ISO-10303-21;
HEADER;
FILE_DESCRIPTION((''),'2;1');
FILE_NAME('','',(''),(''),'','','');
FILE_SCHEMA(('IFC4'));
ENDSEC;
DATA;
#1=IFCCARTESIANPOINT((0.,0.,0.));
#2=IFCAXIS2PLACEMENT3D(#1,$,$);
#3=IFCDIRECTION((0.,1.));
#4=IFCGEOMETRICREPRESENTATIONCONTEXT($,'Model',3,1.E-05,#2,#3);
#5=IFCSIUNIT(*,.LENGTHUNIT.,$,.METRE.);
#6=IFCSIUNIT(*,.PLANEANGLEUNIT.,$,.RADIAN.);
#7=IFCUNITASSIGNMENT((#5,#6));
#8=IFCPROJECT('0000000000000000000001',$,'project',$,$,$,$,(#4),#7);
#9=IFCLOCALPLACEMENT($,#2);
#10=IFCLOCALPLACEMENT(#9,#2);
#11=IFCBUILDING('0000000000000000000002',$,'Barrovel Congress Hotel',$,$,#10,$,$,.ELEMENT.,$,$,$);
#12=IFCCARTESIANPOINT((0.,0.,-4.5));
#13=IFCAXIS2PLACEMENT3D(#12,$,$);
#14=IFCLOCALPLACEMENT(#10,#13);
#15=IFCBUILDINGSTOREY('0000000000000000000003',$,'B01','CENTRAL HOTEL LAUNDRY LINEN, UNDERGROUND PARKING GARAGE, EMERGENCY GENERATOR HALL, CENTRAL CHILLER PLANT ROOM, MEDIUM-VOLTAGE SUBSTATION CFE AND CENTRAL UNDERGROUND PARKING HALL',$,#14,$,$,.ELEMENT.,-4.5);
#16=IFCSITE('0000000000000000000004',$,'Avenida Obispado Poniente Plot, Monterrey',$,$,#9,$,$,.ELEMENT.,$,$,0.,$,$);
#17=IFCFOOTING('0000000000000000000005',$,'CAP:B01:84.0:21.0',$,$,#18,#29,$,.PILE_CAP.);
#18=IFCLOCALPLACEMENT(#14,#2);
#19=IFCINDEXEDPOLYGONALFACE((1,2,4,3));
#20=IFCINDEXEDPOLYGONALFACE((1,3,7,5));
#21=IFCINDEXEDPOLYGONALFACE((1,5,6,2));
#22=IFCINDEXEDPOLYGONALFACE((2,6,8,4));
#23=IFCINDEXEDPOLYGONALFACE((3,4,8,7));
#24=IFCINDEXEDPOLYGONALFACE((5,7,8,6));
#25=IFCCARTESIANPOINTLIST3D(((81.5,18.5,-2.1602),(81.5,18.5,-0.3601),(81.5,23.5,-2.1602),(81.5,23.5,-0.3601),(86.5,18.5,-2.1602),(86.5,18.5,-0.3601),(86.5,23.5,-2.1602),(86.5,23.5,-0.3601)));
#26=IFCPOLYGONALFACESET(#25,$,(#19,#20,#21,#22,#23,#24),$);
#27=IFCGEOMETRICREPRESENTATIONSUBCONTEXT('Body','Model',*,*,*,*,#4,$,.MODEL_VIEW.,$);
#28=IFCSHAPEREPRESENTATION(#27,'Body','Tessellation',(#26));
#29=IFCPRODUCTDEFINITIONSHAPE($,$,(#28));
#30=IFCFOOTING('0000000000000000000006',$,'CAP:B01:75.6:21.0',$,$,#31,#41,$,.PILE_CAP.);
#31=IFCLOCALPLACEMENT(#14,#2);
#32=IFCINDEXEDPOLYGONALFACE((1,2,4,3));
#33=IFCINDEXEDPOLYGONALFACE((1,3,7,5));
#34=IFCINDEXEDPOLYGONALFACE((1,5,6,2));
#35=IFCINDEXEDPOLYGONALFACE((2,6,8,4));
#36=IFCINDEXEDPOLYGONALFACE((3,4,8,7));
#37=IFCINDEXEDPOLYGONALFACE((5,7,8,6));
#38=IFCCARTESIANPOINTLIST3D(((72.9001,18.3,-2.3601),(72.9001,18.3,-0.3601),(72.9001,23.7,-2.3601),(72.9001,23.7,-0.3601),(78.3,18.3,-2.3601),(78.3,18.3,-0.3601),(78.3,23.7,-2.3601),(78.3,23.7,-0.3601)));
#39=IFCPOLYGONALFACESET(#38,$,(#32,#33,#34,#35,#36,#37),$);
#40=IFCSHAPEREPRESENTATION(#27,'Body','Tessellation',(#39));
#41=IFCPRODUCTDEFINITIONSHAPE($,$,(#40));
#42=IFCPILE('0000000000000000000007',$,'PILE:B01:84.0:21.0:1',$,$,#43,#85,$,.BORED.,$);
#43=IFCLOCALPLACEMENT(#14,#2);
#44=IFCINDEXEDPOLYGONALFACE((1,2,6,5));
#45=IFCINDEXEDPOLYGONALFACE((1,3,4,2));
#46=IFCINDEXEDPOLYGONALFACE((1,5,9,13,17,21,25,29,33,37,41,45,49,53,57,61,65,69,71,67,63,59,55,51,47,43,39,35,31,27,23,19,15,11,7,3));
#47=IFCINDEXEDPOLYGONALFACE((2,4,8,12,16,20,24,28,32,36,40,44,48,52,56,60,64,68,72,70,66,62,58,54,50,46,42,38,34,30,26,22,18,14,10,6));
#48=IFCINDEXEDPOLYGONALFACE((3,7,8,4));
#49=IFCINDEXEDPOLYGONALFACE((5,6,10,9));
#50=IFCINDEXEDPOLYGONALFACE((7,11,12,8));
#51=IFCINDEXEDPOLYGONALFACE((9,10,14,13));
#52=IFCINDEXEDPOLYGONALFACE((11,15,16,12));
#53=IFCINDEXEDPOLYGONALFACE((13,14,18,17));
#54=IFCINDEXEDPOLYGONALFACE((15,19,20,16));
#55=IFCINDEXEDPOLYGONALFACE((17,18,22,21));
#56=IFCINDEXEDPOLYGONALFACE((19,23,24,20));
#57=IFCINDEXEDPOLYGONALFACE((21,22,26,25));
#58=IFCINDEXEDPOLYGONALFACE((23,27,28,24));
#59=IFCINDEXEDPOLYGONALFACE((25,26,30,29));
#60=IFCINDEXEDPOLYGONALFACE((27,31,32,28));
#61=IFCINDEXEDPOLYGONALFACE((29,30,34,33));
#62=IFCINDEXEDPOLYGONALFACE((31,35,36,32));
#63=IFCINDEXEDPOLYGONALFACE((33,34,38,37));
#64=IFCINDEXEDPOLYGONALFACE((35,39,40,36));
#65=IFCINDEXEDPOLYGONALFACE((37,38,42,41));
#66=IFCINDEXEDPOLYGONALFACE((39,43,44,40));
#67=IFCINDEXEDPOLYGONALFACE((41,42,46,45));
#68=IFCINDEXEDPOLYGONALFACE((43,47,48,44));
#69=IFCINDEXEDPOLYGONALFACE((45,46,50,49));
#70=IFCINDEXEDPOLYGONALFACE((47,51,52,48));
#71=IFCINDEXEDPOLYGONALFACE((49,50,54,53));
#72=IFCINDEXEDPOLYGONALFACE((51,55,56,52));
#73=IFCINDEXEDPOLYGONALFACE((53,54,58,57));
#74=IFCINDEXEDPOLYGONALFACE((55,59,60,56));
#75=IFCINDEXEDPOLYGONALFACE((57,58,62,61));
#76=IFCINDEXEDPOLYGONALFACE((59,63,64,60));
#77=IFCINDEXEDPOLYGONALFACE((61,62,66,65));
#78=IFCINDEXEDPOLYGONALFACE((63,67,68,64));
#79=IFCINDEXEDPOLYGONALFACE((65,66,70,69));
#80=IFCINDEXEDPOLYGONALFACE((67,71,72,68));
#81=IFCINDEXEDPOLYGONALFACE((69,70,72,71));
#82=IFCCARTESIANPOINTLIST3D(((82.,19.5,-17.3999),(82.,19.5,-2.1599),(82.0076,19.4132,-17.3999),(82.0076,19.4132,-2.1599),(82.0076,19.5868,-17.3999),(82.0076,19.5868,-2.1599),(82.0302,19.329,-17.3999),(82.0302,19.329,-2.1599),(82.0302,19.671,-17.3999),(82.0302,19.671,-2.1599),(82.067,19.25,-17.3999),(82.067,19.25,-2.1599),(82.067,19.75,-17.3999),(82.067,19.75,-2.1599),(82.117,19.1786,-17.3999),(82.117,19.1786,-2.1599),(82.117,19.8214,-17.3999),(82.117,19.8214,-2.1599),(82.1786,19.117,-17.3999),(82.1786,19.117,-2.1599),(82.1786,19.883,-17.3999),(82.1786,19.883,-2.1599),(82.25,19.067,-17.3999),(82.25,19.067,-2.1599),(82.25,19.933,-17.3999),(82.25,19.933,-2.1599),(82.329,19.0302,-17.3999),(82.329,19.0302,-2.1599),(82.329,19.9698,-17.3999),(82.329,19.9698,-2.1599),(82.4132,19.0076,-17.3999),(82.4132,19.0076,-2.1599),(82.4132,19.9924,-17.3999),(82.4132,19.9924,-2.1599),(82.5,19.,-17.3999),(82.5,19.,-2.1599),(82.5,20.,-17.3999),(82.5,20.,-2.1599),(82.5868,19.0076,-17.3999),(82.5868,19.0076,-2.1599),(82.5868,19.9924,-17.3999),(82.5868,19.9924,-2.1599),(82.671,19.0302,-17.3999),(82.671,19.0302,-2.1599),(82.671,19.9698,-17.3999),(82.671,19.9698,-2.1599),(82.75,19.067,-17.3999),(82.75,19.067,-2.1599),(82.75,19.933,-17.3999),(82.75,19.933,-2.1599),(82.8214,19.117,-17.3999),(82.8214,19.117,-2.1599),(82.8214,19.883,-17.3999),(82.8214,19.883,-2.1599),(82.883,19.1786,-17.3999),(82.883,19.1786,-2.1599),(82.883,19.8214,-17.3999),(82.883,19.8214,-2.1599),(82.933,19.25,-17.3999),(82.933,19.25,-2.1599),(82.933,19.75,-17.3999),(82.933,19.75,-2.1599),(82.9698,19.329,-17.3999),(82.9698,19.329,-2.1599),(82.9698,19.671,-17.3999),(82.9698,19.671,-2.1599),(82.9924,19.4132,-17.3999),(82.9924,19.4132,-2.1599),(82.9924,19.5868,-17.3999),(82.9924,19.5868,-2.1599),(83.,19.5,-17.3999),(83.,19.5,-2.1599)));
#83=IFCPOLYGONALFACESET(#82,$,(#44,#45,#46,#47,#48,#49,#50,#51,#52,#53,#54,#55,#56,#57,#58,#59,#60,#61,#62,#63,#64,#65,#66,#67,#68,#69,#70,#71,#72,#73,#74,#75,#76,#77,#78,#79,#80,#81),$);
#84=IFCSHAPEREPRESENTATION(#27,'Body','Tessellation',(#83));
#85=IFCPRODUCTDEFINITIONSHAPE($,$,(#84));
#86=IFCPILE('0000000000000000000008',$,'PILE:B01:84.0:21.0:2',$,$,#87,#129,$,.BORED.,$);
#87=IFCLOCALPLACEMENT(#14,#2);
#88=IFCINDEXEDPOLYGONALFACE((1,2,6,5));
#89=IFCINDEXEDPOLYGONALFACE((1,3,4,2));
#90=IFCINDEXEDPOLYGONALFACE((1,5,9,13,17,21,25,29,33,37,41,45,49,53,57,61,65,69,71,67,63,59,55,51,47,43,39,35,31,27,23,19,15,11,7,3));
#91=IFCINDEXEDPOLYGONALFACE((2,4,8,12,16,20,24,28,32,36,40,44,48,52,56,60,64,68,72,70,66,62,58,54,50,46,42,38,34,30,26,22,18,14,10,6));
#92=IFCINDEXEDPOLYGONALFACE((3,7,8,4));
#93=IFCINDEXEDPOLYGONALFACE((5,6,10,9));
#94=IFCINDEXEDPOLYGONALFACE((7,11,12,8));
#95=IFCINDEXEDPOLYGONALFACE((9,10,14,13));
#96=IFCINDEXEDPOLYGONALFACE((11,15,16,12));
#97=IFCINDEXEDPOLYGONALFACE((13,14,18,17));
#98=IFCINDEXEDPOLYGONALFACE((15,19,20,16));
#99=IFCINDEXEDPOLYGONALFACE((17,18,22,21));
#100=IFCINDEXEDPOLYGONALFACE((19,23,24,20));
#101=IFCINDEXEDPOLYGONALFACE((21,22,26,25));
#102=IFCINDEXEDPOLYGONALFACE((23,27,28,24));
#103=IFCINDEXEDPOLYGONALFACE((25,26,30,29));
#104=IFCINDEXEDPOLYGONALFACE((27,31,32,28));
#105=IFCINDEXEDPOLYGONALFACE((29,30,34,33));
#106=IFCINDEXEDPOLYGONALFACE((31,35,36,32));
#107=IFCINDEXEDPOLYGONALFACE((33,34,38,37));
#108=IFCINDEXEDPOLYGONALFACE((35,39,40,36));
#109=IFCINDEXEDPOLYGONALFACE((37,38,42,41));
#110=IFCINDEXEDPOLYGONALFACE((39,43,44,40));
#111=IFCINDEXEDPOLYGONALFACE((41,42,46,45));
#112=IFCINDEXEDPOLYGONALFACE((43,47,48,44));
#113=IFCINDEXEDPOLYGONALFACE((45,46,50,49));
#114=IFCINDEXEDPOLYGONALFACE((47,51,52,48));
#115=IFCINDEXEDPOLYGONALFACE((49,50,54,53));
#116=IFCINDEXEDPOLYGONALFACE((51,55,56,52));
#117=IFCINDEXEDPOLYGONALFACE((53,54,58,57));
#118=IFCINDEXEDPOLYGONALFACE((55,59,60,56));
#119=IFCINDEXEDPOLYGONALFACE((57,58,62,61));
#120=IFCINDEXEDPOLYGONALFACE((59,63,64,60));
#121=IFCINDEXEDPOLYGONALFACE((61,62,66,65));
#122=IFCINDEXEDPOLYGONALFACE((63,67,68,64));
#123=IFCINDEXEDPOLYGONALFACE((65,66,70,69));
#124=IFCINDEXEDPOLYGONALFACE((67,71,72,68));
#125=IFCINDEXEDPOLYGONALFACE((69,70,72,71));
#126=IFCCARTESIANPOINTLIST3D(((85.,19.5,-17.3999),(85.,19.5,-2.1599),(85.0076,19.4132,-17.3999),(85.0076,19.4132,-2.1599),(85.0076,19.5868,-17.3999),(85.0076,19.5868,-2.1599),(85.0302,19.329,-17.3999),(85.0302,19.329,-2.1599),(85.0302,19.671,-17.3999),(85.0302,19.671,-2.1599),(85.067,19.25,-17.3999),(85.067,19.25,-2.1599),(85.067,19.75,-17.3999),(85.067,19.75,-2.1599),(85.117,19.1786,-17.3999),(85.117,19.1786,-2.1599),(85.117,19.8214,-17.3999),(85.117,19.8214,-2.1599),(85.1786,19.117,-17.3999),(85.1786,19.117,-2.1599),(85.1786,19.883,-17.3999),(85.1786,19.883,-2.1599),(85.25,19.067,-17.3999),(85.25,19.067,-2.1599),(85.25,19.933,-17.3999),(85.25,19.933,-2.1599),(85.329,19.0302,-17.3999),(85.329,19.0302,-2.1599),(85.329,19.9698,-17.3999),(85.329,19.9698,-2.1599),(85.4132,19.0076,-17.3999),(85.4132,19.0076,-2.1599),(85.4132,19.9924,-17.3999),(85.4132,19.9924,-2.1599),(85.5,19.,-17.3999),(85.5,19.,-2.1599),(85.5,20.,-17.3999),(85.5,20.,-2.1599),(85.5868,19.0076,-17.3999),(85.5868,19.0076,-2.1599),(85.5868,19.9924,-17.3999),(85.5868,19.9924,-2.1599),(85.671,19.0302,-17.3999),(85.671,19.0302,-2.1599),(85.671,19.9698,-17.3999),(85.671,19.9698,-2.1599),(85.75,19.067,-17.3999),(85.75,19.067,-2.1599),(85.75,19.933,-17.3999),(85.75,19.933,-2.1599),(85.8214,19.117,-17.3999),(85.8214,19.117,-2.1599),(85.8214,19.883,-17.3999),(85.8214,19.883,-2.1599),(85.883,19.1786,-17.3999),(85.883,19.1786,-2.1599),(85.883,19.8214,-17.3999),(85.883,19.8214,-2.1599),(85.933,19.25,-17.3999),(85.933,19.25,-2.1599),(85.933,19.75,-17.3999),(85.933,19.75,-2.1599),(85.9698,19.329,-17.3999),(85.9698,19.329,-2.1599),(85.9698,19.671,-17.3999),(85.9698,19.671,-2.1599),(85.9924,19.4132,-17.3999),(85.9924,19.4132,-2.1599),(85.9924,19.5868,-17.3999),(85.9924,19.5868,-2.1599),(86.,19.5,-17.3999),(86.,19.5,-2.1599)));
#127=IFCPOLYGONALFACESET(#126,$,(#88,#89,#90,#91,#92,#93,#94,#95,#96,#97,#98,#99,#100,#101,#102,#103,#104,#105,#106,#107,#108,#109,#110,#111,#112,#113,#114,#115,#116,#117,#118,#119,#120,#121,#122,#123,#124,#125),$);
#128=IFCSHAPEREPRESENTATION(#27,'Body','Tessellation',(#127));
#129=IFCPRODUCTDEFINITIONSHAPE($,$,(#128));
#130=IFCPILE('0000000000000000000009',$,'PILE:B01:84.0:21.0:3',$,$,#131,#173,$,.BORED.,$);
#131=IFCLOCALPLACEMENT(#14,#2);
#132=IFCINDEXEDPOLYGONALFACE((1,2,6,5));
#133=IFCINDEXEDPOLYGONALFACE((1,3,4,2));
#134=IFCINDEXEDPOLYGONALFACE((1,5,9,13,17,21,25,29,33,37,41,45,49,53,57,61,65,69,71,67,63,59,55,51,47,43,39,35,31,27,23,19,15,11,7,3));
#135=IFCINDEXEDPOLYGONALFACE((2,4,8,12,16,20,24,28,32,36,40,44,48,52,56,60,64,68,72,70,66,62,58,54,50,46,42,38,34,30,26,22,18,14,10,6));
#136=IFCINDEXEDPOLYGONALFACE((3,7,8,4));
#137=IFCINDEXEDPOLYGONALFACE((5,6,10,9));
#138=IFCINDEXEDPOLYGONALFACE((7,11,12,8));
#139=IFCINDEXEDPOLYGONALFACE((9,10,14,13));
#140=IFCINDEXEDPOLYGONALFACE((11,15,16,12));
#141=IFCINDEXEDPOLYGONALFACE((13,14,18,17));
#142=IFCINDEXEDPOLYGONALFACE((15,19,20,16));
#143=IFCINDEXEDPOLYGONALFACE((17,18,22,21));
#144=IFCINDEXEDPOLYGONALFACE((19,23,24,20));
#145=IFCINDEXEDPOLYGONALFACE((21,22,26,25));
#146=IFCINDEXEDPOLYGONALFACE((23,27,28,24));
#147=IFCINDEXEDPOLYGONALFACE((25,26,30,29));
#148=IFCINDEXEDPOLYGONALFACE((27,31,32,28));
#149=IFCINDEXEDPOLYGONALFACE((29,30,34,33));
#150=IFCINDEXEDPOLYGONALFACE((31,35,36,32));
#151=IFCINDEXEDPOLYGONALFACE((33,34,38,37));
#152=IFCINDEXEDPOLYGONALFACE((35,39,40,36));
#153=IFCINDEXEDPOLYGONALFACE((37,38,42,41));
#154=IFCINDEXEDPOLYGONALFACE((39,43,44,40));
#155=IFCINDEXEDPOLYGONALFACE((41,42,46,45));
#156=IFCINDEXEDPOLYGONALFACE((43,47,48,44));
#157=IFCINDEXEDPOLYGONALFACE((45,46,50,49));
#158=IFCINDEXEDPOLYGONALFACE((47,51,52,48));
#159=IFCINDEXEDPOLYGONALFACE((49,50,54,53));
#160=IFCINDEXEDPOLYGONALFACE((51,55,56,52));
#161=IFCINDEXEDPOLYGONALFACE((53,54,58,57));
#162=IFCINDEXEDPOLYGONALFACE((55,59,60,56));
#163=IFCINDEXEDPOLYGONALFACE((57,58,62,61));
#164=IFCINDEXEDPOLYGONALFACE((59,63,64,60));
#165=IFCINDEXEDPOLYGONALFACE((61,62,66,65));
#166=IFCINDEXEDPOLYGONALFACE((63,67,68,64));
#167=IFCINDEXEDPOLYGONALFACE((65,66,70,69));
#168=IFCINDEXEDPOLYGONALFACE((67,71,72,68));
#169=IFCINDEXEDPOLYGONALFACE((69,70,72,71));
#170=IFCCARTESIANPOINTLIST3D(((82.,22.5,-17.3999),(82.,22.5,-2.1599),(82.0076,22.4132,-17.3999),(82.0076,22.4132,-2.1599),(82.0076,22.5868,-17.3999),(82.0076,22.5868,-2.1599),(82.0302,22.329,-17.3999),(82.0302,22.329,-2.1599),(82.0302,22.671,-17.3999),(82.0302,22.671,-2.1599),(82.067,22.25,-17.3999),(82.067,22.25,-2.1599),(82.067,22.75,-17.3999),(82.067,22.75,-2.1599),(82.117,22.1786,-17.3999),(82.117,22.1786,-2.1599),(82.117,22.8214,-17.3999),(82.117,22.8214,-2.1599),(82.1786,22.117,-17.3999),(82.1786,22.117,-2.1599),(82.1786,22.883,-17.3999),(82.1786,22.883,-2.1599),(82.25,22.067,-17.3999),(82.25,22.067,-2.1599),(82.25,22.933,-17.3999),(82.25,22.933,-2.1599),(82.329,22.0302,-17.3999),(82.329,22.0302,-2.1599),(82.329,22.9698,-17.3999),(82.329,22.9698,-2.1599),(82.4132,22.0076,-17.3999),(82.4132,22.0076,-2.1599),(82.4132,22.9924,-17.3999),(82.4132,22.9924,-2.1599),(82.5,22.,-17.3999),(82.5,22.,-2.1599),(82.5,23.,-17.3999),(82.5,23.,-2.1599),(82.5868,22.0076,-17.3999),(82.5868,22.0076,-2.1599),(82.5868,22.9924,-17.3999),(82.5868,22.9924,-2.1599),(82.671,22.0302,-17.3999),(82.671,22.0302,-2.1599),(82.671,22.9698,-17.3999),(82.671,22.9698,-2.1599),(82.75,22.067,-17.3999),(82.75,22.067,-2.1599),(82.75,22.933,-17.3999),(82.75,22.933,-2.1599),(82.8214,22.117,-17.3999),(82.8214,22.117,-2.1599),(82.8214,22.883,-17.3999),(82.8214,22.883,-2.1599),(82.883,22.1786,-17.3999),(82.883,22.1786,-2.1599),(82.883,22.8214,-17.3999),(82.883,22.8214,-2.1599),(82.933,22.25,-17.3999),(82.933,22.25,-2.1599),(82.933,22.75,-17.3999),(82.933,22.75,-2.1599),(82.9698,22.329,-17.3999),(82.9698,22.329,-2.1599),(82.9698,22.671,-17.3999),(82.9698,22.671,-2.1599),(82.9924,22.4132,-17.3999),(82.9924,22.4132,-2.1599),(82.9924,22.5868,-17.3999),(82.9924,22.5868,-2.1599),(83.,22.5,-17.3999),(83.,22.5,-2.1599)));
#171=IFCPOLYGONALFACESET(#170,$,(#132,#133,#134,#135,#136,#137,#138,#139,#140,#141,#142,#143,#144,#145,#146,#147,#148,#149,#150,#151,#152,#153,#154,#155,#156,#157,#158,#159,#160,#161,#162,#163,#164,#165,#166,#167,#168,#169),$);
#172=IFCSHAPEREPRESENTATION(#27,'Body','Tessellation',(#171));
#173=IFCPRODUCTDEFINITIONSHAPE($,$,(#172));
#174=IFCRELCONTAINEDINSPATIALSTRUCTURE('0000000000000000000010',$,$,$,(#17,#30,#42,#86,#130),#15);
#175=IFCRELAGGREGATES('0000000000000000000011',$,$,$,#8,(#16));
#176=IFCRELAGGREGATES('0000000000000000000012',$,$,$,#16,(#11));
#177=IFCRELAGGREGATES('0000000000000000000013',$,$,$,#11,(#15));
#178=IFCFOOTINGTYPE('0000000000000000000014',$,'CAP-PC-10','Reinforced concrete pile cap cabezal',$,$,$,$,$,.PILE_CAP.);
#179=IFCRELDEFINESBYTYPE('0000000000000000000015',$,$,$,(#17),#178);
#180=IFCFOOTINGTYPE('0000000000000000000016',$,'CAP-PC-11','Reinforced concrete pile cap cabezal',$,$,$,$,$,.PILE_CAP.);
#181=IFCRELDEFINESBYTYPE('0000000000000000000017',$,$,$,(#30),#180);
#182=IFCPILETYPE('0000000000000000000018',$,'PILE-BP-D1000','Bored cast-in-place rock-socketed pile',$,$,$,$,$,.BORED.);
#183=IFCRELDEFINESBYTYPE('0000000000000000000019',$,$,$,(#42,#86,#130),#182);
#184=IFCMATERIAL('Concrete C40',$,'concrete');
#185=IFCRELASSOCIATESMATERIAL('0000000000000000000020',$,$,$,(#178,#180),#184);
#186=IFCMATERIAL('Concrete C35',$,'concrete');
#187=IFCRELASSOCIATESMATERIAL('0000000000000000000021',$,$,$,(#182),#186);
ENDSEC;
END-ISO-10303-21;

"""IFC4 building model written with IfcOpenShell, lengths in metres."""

from ifc_helpers import new_model, si_unit, direction, frame, origin, origin_2d, place, context, subcontext, project, spatial, rectangle, circle, extrude, material, material_profile, profile_set, type_object, element, save


model = new_model("IFC4")

# Units and contexts
model_context = context("Model", 3, precision=1e-05, world=origin(), true_north=direction((0.0, 1.0)))
body_context = subcontext(model_context, "Body", "Model", "MODEL_VIEW")
ifc_project = project(units=[si_unit("LENGTHUNIT", "METRE"), si_unit("PLANEANGLEUNIT", "RADIAN")], contexts=[model_context])

# Site, building, storey
site_placement = place(None, origin())
site = spatial("IfcSite", under=ifc_project, at=site_placement, Name="Avenida Obispado Poniente Plot, Monterrey", CompositionType="ELEMENT", RefElevation=0.0)
building_placement = place(site_placement, origin())
building = spatial("IfcBuilding", under=site, at=building_placement, Name="Barrovel Congress Hotel", CompositionType="ELEMENT")
storey_placement = place(building_placement, frame((0.0, 0.0, -4.5)))
storey = spatial("IfcBuildingStorey", under=building, at=storey_placement, Name="B01", Description="CENTRAL HOTEL LAUNDRY LINEN, UNDERGROUND PARKING GARAGE, EMERGENCY GENERATOR HALL, CENTRAL CHILLER PLANT ROOM, MEDIUM-VOLTAGE SUBSTATION CFE AND CENTRAL UNDERGROUND PARKING HALL", CompositionType="ELEMENT", Elevation=-4.5)

# Footings
ifc_material_1 = material(Name="Concrete C40", Category="concrete")
footing_type_1 = type_object("IfcFootingType", Name="CAP-PC-10", Description="Reinforced concrete pile cap cabezal", PredefinedType="PILE_CAP", material=ifc_material_1)
footing_1_placement = place(storey_placement, frame((84.0, 21.0, -2.1602), z_axis=(0.0, 0.0, 1.0), x_axis=(1.0, 0.0, 0.0)))
element("IfcFooting", 1, at=footing_1_placement, inside=storey, type_object=footing_type_1, Name="CAP:B01:84.0:21.0", PredefinedType="PILE_CAP", context=body_context, shape_type="SweptSolid", body=[
    extrude(rectangle(XDim=5.0, YDim=5.0, at=origin_2d()), origin(), (0.0, 0.0, 1.0), 1.8),
])
footing_type_2 = type_object("IfcFootingType", Name="CAP-PC-11", Description="Reinforced concrete pile cap cabezal", PredefinedType="PILE_CAP", material=ifc_material_1)
footing_2_placement = place(storey_placement, frame((75.6001, 21.0, -2.3601), z_axis=(0.0, 0.0, 1.0), x_axis=(1.0, 0.0, 0.0)))
element("IfcFooting", 2, at=footing_2_placement, inside=storey, type_object=footing_type_2, Name="CAP:B01:75.6:21.0", PredefinedType="PILE_CAP", context=body_context, shape_type="SweptSolid", body=[
    extrude(rectangle(XDim=5.3999, YDim=5.3999, at=origin_2d()), origin(), (0.0, 0.0, 1.0), 2.0),
])

# Piles
ifc_material_2 = material(Name="Concrete C35", Category="concrete")
ifc_material_profile_1 = material_profile(ifc_material_2, circle(Radius=0.5, at=origin_2d()), Name="BP-D1000")
ifc_profile_set_1 = profile_set([ifc_material_profile_1], Name="Concrete C35")
pile_type_1 = type_object("IfcPileType", Name="PILE-BP-D1000", Description="Bored cast-in-place rock-socketed pile", PredefinedType="BORED", material=ifc_profile_set_1)
for number, where, z_axis, x_axis, name in (
    (3, (82.5, 19.5, -2.1599), (0.0, 0.0, -1.0), (1.0, 0.0, 0.0), "PILE:B01:84.0:21.0:1"),
    (4, (85.5, 19.5, -2.1599), (0.0, 0.0, -1.0), (1.0, 0.0, 0.0), "PILE:B01:84.0:21.0:2"),
    (5, (82.5, 22.5, -2.1599), (0.0, 0.0, -1.0), (1.0, 0.0, 0.0), "PILE:B01:84.0:21.0:3"),
):
    element("IfcPile", number, at=place(storey_placement, frame(where, z_axis=z_axis, x_axis=x_axis)), inside=storey, type_object=pile_type_1, Name=name, PredefinedType="BORED", context=body_context, shape_type="SweptSolid", body=[
        extrude(circle(Radius=0.5, at=origin_2d()), origin(), (0.0, 0.0, 1.0), 15.24),
    ])

save(model, "model.ifc")
